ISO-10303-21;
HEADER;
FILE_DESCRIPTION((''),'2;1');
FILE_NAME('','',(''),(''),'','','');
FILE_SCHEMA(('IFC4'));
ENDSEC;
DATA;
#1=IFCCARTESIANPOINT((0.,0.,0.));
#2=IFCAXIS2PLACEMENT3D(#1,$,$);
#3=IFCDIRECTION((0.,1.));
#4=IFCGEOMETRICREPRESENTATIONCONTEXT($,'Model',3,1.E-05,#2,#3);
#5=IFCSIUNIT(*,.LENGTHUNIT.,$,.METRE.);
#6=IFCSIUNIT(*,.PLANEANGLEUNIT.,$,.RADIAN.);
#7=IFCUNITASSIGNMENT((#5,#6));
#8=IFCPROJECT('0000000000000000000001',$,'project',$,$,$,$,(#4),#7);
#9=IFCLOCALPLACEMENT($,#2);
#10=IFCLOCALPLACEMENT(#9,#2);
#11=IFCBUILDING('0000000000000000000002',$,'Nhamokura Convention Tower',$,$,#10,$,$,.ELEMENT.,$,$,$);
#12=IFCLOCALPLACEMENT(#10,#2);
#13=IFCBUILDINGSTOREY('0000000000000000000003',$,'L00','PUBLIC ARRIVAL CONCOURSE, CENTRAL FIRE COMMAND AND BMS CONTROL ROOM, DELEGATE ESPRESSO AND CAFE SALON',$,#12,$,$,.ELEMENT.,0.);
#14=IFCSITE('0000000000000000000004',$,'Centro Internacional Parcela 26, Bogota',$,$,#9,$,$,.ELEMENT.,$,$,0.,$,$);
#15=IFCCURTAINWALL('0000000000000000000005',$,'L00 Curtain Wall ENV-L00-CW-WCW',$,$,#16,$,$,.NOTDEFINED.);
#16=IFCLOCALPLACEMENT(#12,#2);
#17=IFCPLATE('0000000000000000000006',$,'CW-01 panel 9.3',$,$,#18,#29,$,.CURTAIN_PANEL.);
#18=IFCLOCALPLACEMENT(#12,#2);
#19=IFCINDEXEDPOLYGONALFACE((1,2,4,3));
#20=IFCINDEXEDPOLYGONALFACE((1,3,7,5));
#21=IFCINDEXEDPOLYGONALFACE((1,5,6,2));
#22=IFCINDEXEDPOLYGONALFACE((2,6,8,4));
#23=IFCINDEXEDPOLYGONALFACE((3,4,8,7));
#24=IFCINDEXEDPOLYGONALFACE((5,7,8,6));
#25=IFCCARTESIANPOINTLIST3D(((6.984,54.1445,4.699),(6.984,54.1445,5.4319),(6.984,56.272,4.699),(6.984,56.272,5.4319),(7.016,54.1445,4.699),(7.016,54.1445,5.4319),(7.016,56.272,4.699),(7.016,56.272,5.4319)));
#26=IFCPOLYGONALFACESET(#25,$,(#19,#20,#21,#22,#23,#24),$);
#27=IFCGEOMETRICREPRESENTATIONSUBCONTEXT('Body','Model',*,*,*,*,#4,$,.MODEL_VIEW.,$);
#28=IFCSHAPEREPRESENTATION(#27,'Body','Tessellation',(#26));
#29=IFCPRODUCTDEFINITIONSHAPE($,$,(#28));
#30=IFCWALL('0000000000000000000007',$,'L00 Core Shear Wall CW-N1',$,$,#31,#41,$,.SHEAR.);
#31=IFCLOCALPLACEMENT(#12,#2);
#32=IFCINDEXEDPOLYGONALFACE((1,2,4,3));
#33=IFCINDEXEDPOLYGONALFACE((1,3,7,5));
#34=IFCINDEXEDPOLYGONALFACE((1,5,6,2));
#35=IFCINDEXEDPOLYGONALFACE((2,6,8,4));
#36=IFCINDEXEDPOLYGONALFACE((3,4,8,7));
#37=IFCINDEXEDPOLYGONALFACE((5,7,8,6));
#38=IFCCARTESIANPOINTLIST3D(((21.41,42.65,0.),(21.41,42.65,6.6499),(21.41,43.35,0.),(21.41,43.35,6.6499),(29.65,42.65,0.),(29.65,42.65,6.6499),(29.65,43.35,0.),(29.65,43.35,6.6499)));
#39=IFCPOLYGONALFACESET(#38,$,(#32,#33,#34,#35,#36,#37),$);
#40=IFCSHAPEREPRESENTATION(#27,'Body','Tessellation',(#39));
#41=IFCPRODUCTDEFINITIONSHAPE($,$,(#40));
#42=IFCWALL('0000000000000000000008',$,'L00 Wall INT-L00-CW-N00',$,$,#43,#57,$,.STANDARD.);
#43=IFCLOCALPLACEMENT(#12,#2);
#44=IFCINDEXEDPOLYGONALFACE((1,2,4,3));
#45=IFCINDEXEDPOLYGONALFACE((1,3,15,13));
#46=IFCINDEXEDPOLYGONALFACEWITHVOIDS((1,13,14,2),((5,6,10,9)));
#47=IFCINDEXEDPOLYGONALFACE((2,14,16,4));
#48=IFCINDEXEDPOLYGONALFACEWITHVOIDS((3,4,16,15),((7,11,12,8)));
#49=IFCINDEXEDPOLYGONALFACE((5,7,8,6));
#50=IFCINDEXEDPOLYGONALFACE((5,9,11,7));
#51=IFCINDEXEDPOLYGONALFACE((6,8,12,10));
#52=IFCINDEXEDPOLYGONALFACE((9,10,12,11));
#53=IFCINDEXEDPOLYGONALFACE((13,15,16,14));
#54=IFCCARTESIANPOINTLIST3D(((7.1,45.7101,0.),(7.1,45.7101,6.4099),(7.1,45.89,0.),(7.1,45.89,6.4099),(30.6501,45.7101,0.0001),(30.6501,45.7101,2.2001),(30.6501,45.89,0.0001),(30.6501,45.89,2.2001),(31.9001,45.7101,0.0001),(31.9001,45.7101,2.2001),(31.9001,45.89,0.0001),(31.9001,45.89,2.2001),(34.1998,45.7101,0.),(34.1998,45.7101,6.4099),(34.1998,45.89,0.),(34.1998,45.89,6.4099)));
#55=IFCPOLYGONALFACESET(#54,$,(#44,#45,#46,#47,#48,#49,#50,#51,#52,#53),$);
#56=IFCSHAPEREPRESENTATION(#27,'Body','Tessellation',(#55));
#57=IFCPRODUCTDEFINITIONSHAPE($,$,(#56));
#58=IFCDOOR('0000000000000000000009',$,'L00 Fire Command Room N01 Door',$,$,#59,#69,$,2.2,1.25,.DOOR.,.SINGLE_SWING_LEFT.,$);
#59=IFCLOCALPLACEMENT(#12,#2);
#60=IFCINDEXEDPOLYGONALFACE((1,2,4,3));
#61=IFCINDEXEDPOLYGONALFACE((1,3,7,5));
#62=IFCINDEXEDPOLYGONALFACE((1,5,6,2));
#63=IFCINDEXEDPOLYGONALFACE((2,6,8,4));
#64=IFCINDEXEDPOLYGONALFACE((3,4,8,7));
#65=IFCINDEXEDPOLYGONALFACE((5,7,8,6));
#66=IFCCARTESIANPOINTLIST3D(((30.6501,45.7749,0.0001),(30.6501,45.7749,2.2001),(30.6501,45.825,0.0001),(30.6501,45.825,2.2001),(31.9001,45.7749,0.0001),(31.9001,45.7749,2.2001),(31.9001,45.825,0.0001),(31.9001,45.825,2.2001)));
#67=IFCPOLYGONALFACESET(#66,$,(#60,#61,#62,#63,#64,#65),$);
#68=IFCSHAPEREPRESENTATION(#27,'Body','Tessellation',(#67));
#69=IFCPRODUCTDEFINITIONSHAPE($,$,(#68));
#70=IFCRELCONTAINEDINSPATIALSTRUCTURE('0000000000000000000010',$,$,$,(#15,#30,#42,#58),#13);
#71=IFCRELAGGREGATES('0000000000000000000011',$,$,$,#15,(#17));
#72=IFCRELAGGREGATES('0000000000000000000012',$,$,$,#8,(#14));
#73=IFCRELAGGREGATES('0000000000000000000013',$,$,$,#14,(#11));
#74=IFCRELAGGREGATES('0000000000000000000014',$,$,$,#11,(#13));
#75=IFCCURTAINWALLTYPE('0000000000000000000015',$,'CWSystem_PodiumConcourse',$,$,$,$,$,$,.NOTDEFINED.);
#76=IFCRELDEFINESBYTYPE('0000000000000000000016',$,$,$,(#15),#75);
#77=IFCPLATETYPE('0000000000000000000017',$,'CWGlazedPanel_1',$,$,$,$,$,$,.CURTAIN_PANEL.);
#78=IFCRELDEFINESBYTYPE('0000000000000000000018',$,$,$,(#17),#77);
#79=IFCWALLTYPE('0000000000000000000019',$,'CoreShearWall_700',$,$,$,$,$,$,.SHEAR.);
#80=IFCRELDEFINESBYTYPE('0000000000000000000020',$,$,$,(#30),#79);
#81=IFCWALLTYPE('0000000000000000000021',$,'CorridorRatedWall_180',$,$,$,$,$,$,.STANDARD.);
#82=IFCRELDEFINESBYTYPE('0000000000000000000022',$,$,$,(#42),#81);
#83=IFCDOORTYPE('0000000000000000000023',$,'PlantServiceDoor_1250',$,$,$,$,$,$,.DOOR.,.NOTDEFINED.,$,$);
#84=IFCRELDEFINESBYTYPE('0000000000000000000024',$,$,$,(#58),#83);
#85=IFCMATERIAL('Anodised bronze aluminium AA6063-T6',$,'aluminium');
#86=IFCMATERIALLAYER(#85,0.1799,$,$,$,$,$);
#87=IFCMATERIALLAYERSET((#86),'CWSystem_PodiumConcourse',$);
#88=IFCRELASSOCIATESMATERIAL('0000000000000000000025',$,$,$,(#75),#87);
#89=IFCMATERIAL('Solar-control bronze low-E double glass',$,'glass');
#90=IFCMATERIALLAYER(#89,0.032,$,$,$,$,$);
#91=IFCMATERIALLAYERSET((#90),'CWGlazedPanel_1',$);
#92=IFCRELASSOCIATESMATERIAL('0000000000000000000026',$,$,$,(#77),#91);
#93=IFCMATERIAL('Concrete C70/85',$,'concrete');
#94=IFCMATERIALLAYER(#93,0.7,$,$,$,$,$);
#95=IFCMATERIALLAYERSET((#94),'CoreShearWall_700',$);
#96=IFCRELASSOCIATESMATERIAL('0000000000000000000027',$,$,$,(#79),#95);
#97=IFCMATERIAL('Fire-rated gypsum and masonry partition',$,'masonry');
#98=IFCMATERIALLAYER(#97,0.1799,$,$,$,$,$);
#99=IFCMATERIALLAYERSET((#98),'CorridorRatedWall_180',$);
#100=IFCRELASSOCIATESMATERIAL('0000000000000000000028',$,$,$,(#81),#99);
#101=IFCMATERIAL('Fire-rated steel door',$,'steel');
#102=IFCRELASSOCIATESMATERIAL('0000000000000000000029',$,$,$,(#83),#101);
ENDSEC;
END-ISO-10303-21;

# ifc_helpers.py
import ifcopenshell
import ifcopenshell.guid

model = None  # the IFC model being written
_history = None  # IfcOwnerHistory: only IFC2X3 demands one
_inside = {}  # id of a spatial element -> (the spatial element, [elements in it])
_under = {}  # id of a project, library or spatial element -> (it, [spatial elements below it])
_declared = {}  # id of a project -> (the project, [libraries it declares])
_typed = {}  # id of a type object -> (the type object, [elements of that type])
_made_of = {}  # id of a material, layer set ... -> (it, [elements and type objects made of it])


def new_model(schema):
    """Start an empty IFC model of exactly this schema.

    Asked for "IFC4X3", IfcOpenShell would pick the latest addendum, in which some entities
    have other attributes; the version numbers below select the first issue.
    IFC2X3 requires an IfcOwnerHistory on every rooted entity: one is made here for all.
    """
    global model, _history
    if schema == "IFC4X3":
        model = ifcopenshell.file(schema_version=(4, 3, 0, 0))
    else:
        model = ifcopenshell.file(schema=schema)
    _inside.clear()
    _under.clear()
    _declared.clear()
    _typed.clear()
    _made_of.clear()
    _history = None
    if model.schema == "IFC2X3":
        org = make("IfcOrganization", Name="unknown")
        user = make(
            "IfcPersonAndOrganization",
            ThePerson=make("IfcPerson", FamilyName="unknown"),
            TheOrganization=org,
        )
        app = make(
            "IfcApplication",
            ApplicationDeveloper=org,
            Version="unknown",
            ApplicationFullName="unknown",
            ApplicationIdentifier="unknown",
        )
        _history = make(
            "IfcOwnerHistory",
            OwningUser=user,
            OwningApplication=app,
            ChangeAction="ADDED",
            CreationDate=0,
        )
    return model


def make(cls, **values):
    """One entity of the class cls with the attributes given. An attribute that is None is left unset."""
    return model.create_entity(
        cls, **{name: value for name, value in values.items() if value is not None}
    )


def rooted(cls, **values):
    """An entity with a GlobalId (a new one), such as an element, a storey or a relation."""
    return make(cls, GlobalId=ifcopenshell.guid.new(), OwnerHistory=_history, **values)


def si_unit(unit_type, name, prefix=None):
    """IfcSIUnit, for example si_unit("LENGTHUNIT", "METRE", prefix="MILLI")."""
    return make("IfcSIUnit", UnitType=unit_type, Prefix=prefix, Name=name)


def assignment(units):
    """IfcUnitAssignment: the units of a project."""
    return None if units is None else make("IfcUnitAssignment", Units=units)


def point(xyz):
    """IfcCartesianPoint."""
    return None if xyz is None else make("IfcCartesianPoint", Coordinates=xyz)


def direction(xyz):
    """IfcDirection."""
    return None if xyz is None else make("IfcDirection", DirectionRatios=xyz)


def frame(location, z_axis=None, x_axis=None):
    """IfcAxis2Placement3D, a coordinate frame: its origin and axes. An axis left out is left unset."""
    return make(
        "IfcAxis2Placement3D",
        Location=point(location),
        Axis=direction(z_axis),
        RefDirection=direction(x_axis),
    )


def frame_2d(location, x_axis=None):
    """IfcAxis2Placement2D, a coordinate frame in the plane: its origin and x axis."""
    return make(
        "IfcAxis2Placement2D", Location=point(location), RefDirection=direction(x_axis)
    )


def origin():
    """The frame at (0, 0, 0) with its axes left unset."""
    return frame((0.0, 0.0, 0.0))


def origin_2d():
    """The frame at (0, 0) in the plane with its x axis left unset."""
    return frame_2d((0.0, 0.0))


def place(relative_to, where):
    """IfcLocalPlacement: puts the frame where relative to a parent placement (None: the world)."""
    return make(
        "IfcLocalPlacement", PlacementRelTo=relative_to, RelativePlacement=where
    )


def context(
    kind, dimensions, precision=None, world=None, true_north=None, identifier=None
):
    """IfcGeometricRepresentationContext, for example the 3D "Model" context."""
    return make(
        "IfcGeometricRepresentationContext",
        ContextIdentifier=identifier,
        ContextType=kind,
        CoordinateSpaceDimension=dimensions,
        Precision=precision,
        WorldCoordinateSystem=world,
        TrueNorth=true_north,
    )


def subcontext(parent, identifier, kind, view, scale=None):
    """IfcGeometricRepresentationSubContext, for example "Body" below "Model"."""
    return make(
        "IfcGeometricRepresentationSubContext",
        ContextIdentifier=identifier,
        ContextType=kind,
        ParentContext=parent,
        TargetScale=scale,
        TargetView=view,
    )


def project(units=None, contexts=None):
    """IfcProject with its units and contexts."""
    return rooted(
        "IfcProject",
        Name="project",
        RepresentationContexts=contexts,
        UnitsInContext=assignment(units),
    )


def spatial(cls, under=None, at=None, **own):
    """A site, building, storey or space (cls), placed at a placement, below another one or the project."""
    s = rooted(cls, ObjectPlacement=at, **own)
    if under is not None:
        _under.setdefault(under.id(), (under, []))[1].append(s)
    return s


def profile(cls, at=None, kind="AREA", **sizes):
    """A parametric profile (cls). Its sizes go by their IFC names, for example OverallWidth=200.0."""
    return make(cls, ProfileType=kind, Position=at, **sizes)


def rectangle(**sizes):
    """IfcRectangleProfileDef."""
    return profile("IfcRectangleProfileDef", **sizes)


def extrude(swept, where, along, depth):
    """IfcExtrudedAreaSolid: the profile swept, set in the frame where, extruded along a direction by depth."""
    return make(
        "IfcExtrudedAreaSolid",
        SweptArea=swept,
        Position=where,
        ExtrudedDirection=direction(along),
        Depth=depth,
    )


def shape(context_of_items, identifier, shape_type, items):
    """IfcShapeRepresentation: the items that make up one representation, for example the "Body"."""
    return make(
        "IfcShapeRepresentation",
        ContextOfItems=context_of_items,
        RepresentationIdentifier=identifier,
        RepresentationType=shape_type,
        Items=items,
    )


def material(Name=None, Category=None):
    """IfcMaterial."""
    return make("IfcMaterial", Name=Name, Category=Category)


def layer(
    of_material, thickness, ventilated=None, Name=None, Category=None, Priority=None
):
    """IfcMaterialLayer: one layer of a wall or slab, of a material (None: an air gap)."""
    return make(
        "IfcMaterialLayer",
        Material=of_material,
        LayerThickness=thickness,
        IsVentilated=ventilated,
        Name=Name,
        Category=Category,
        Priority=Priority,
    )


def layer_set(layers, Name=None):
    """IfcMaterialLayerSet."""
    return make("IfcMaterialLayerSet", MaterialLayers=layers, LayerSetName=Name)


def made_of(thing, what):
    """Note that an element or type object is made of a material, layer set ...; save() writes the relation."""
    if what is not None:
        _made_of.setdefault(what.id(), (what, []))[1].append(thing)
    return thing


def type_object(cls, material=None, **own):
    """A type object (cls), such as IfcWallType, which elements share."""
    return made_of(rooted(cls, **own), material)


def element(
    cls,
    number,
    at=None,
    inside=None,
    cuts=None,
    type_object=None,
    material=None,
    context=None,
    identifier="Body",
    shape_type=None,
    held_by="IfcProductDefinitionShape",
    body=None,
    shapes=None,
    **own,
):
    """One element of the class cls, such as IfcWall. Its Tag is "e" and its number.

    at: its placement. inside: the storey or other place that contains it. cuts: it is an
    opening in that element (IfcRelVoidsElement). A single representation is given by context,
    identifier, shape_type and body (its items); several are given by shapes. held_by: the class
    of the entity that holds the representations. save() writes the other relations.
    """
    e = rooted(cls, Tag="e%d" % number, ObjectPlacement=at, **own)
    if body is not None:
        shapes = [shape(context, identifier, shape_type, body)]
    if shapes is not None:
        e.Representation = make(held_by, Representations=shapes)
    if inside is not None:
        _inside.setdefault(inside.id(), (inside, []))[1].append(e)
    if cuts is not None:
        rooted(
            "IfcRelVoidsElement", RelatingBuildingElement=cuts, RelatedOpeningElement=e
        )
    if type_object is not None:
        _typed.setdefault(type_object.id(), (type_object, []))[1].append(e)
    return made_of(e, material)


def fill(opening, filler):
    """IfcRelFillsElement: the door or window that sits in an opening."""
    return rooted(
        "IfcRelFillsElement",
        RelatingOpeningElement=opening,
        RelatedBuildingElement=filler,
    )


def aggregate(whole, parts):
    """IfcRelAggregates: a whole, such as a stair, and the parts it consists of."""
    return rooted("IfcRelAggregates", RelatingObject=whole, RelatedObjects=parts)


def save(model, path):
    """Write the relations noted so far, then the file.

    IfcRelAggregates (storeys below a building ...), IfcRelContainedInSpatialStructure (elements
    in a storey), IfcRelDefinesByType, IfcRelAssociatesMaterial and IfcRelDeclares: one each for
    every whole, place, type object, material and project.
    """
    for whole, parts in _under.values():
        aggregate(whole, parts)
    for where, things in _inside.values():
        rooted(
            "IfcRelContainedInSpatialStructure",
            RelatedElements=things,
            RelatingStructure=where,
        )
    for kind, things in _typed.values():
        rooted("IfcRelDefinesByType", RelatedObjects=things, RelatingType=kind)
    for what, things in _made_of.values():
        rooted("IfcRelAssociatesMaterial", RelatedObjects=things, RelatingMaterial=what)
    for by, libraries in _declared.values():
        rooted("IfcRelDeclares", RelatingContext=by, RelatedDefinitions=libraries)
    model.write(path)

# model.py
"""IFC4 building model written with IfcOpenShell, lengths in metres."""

from ifc_helpers import new_model, si_unit, direction, frame, frame_2d, origin, origin_2d, place, context, subcontext, project, spatial, rectangle, extrude, material, layer, layer_set, type_object, element, fill, aggregate, save


model = new_model("IFC4")

# Units and contexts
model_context = context("Model", 3, precision=1e-05, world=origin(), true_north=direction((0.0, 1.0)))
body_context = subcontext(model_context, "Body", "Model", "MODEL_VIEW")
ifc_project = project(units=[si_unit("LENGTHUNIT", "METRE"), si_unit("PLANEANGLEUNIT", "RADIAN")], contexts=[model_context])

# Site, building, storey
site_placement = place(None, origin())
site = spatial("IfcSite", under=ifc_project, at=site_placement, Name="Centro Internacional Parcela 26, Bogota", CompositionType="ELEMENT", RefElevation=0.0)
building_placement = place(site_placement, origin())
building = spatial("IfcBuilding", under=site, at=building_placement, Name="Nhamokura Convention Tower", CompositionType="ELEMENT")
storey_placement = place(building_placement, origin())
storey = spatial("IfcBuildingStorey", under=building, at=storey_placement, Name="L00", Description="PUBLIC ARRIVAL CONCOURSE, CENTRAL FIRE COMMAND AND BMS CONTROL ROOM, DELEGATE ESPRESSO AND CAFE SALON", CompositionType="ELEMENT", Elevation=0.0)

# Shared definitions
ifc_material_1 = material(Name="Anodised bronze aluminium AA6063-T6", Category="aluminium")
ifc_layer_1 = layer(ifc_material_1, 0.1799)
ifc_layer_set_1 = layer_set([ifc_layer_1], Name="CWSystem_PodiumConcourse")
curtain_wall_type = type_object("IfcCurtainWallType", Name="CWSystem_PodiumConcourse", PredefinedType="NOTDEFINED", material=ifc_layer_set_1)

# Curtain wall
curtain_wall_1_placement = place(storey_placement, origin())
curtain_wall_1 = element("IfcCurtainWall", 1, at=curtain_wall_1_placement, inside=storey, type_object=curtain_wall_type, Name="L00 Curtain Wall ENV-L00-CW-WCW", PredefinedType="NOTDEFINED")

# Plate
ifc_material_2 = material(Name="Solar-control bronze low-E double glass", Category="glass")
ifc_layer_2 = layer(ifc_material_2, 0.032)
ifc_layer_set_2 = layer_set([ifc_layer_2], Name="CWGlazedPanel_1")
plate_type = type_object("IfcPlateType", Name="CWGlazedPanel_1", PredefinedType="CURTAIN_PANEL", material=ifc_layer_set_2)
plate_1_placement = place(storey_placement, frame((7.0, 55.2083, 4.699), z_axis=(0.0, 0.0, 1.0), x_axis=(0.0, 1.0, 0.0)))
plate_1 = element("IfcPlate", 2, at=plate_1_placement, type_object=plate_type, Name="CW-01 panel 9.3", PredefinedType="CURTAIN_PANEL", context=body_context, shape_type="SweptSolid", body=[
    extrude(rectangle(XDim=2.1274, YDim=0.032, at=origin_2d()), origin(), (0.0, 0.0, 1.0), 0.7329),
])
aggregate(curtain_wall_1, [plate_1])

# Wall
ifc_material_3 = material(Name="Concrete C70/85", Category="concrete")
ifc_layer_3 = layer(ifc_material_3, 0.7)
ifc_layer_set_3 = layer_set([ifc_layer_3], Name="CoreShearWall_700")
wall_type_1 = type_object("IfcWallType", Name="CoreShearWall_700", PredefinedType="SHEAR", material=ifc_layer_set_3)
wall_1_placement = place(storey_placement, frame((21.4099, 43.0, 0.0), z_axis=(0.0, 0.0, 1.0), x_axis=(1.0, 0.0, 0.0)))
element("IfcWall", 3, at=wall_1_placement, inside=storey, type_object=wall_type_1, Name="L00 Core Shear Wall CW-N1", PredefinedType="SHEAR", context=body_context, shape_type="SweptSolid", body=[
    extrude(rectangle(XDim=8.24, YDim=0.7, at=frame_2d((4.1201, 0.0))), origin(), (0.0, 0.0, 1.0), 6.6499),
])

# Wall, opening, door
ifc_material_4 = material(Name="Fire-rated gypsum and masonry partition", Category="masonry")
ifc_layer_4 = layer(ifc_material_4, 0.1799)
ifc_layer_set_4 = layer_set([ifc_layer_4], Name="CorridorRatedWall_180")
wall_type_2 = type_object("IfcWallType", Name="CorridorRatedWall_180", PredefinedType="STANDARD", material=ifc_layer_set_4)
wall_2_placement = place(storey_placement, frame((7.1001, 45.8, 0.0), z_axis=(0.0, 0.0, 1.0), x_axis=(1.0, 0.0, 0.0)))
wall_2 = element("IfcWall", 4, at=wall_2_placement, inside=storey, type_object=wall_type_2, Name="L00 Wall INT-L00-CW-N00", PredefinedType="STANDARD", context=body_context, shape_type="SweptSolid", body=[
    extrude(rectangle(XDim=27.0999, YDim=0.1799, at=frame_2d((13.5498, 0.0))), origin(), (0.0, 0.0, 1.0), 6.4099),
])
opening_1_placement = place(wall_2_placement, frame((23.55, 0.0, 0.0)))
opening_1 = element("IfcOpeningElement", 5, at=opening_1_placement, cuts=wall_2, PredefinedType="OPENING", context=body_context, shape_type="SweptSolid", body=[
    extrude(rectangle(XDim=1.25, YDim=2.2, at=frame_2d((0.625, 1.1001))), frame((0.0, 0.0999, 0.0), z_axis=(0.0, -1.0, 0.0), x_axis=(1.0, 0.0, 0.0)), (0.0, 0.0, 1.0), 0.2),
])
ifc_material_5 = material(Name="Fire-rated steel door", Category="steel")
door_type_1 = type_object("IfcDoorType", Name="PlantServiceDoor_1250", OperationType="NOTDEFINED", PredefinedType="DOOR", material=ifc_material_5)
door_1_placement = place(opening_1_placement, origin())
door_1 = element("IfcDoor", 6, at=door_1_placement, inside=storey, type_object=door_type_1, Name="L00 Fire Command Room N01 Door", OperationType="SINGLE_SWING_LEFT", OverallHeight=2.2, OverallWidth=1.25, PredefinedType="DOOR", context=body_context, shape_type="SweptSolid", body=[
    extrude(rectangle(XDim=1.25, YDim=2.2, at=frame_2d((0.625, 1.1001))), frame((0.0, 0.0249, 0.0), z_axis=(0.0, -1.0, 0.0), x_axis=(1.0, 0.0, 0.0)), (0.0, 0.0, 1.0), 0.05),
])
fill(opening_1, door_1)

save(model, "model.ifc")
